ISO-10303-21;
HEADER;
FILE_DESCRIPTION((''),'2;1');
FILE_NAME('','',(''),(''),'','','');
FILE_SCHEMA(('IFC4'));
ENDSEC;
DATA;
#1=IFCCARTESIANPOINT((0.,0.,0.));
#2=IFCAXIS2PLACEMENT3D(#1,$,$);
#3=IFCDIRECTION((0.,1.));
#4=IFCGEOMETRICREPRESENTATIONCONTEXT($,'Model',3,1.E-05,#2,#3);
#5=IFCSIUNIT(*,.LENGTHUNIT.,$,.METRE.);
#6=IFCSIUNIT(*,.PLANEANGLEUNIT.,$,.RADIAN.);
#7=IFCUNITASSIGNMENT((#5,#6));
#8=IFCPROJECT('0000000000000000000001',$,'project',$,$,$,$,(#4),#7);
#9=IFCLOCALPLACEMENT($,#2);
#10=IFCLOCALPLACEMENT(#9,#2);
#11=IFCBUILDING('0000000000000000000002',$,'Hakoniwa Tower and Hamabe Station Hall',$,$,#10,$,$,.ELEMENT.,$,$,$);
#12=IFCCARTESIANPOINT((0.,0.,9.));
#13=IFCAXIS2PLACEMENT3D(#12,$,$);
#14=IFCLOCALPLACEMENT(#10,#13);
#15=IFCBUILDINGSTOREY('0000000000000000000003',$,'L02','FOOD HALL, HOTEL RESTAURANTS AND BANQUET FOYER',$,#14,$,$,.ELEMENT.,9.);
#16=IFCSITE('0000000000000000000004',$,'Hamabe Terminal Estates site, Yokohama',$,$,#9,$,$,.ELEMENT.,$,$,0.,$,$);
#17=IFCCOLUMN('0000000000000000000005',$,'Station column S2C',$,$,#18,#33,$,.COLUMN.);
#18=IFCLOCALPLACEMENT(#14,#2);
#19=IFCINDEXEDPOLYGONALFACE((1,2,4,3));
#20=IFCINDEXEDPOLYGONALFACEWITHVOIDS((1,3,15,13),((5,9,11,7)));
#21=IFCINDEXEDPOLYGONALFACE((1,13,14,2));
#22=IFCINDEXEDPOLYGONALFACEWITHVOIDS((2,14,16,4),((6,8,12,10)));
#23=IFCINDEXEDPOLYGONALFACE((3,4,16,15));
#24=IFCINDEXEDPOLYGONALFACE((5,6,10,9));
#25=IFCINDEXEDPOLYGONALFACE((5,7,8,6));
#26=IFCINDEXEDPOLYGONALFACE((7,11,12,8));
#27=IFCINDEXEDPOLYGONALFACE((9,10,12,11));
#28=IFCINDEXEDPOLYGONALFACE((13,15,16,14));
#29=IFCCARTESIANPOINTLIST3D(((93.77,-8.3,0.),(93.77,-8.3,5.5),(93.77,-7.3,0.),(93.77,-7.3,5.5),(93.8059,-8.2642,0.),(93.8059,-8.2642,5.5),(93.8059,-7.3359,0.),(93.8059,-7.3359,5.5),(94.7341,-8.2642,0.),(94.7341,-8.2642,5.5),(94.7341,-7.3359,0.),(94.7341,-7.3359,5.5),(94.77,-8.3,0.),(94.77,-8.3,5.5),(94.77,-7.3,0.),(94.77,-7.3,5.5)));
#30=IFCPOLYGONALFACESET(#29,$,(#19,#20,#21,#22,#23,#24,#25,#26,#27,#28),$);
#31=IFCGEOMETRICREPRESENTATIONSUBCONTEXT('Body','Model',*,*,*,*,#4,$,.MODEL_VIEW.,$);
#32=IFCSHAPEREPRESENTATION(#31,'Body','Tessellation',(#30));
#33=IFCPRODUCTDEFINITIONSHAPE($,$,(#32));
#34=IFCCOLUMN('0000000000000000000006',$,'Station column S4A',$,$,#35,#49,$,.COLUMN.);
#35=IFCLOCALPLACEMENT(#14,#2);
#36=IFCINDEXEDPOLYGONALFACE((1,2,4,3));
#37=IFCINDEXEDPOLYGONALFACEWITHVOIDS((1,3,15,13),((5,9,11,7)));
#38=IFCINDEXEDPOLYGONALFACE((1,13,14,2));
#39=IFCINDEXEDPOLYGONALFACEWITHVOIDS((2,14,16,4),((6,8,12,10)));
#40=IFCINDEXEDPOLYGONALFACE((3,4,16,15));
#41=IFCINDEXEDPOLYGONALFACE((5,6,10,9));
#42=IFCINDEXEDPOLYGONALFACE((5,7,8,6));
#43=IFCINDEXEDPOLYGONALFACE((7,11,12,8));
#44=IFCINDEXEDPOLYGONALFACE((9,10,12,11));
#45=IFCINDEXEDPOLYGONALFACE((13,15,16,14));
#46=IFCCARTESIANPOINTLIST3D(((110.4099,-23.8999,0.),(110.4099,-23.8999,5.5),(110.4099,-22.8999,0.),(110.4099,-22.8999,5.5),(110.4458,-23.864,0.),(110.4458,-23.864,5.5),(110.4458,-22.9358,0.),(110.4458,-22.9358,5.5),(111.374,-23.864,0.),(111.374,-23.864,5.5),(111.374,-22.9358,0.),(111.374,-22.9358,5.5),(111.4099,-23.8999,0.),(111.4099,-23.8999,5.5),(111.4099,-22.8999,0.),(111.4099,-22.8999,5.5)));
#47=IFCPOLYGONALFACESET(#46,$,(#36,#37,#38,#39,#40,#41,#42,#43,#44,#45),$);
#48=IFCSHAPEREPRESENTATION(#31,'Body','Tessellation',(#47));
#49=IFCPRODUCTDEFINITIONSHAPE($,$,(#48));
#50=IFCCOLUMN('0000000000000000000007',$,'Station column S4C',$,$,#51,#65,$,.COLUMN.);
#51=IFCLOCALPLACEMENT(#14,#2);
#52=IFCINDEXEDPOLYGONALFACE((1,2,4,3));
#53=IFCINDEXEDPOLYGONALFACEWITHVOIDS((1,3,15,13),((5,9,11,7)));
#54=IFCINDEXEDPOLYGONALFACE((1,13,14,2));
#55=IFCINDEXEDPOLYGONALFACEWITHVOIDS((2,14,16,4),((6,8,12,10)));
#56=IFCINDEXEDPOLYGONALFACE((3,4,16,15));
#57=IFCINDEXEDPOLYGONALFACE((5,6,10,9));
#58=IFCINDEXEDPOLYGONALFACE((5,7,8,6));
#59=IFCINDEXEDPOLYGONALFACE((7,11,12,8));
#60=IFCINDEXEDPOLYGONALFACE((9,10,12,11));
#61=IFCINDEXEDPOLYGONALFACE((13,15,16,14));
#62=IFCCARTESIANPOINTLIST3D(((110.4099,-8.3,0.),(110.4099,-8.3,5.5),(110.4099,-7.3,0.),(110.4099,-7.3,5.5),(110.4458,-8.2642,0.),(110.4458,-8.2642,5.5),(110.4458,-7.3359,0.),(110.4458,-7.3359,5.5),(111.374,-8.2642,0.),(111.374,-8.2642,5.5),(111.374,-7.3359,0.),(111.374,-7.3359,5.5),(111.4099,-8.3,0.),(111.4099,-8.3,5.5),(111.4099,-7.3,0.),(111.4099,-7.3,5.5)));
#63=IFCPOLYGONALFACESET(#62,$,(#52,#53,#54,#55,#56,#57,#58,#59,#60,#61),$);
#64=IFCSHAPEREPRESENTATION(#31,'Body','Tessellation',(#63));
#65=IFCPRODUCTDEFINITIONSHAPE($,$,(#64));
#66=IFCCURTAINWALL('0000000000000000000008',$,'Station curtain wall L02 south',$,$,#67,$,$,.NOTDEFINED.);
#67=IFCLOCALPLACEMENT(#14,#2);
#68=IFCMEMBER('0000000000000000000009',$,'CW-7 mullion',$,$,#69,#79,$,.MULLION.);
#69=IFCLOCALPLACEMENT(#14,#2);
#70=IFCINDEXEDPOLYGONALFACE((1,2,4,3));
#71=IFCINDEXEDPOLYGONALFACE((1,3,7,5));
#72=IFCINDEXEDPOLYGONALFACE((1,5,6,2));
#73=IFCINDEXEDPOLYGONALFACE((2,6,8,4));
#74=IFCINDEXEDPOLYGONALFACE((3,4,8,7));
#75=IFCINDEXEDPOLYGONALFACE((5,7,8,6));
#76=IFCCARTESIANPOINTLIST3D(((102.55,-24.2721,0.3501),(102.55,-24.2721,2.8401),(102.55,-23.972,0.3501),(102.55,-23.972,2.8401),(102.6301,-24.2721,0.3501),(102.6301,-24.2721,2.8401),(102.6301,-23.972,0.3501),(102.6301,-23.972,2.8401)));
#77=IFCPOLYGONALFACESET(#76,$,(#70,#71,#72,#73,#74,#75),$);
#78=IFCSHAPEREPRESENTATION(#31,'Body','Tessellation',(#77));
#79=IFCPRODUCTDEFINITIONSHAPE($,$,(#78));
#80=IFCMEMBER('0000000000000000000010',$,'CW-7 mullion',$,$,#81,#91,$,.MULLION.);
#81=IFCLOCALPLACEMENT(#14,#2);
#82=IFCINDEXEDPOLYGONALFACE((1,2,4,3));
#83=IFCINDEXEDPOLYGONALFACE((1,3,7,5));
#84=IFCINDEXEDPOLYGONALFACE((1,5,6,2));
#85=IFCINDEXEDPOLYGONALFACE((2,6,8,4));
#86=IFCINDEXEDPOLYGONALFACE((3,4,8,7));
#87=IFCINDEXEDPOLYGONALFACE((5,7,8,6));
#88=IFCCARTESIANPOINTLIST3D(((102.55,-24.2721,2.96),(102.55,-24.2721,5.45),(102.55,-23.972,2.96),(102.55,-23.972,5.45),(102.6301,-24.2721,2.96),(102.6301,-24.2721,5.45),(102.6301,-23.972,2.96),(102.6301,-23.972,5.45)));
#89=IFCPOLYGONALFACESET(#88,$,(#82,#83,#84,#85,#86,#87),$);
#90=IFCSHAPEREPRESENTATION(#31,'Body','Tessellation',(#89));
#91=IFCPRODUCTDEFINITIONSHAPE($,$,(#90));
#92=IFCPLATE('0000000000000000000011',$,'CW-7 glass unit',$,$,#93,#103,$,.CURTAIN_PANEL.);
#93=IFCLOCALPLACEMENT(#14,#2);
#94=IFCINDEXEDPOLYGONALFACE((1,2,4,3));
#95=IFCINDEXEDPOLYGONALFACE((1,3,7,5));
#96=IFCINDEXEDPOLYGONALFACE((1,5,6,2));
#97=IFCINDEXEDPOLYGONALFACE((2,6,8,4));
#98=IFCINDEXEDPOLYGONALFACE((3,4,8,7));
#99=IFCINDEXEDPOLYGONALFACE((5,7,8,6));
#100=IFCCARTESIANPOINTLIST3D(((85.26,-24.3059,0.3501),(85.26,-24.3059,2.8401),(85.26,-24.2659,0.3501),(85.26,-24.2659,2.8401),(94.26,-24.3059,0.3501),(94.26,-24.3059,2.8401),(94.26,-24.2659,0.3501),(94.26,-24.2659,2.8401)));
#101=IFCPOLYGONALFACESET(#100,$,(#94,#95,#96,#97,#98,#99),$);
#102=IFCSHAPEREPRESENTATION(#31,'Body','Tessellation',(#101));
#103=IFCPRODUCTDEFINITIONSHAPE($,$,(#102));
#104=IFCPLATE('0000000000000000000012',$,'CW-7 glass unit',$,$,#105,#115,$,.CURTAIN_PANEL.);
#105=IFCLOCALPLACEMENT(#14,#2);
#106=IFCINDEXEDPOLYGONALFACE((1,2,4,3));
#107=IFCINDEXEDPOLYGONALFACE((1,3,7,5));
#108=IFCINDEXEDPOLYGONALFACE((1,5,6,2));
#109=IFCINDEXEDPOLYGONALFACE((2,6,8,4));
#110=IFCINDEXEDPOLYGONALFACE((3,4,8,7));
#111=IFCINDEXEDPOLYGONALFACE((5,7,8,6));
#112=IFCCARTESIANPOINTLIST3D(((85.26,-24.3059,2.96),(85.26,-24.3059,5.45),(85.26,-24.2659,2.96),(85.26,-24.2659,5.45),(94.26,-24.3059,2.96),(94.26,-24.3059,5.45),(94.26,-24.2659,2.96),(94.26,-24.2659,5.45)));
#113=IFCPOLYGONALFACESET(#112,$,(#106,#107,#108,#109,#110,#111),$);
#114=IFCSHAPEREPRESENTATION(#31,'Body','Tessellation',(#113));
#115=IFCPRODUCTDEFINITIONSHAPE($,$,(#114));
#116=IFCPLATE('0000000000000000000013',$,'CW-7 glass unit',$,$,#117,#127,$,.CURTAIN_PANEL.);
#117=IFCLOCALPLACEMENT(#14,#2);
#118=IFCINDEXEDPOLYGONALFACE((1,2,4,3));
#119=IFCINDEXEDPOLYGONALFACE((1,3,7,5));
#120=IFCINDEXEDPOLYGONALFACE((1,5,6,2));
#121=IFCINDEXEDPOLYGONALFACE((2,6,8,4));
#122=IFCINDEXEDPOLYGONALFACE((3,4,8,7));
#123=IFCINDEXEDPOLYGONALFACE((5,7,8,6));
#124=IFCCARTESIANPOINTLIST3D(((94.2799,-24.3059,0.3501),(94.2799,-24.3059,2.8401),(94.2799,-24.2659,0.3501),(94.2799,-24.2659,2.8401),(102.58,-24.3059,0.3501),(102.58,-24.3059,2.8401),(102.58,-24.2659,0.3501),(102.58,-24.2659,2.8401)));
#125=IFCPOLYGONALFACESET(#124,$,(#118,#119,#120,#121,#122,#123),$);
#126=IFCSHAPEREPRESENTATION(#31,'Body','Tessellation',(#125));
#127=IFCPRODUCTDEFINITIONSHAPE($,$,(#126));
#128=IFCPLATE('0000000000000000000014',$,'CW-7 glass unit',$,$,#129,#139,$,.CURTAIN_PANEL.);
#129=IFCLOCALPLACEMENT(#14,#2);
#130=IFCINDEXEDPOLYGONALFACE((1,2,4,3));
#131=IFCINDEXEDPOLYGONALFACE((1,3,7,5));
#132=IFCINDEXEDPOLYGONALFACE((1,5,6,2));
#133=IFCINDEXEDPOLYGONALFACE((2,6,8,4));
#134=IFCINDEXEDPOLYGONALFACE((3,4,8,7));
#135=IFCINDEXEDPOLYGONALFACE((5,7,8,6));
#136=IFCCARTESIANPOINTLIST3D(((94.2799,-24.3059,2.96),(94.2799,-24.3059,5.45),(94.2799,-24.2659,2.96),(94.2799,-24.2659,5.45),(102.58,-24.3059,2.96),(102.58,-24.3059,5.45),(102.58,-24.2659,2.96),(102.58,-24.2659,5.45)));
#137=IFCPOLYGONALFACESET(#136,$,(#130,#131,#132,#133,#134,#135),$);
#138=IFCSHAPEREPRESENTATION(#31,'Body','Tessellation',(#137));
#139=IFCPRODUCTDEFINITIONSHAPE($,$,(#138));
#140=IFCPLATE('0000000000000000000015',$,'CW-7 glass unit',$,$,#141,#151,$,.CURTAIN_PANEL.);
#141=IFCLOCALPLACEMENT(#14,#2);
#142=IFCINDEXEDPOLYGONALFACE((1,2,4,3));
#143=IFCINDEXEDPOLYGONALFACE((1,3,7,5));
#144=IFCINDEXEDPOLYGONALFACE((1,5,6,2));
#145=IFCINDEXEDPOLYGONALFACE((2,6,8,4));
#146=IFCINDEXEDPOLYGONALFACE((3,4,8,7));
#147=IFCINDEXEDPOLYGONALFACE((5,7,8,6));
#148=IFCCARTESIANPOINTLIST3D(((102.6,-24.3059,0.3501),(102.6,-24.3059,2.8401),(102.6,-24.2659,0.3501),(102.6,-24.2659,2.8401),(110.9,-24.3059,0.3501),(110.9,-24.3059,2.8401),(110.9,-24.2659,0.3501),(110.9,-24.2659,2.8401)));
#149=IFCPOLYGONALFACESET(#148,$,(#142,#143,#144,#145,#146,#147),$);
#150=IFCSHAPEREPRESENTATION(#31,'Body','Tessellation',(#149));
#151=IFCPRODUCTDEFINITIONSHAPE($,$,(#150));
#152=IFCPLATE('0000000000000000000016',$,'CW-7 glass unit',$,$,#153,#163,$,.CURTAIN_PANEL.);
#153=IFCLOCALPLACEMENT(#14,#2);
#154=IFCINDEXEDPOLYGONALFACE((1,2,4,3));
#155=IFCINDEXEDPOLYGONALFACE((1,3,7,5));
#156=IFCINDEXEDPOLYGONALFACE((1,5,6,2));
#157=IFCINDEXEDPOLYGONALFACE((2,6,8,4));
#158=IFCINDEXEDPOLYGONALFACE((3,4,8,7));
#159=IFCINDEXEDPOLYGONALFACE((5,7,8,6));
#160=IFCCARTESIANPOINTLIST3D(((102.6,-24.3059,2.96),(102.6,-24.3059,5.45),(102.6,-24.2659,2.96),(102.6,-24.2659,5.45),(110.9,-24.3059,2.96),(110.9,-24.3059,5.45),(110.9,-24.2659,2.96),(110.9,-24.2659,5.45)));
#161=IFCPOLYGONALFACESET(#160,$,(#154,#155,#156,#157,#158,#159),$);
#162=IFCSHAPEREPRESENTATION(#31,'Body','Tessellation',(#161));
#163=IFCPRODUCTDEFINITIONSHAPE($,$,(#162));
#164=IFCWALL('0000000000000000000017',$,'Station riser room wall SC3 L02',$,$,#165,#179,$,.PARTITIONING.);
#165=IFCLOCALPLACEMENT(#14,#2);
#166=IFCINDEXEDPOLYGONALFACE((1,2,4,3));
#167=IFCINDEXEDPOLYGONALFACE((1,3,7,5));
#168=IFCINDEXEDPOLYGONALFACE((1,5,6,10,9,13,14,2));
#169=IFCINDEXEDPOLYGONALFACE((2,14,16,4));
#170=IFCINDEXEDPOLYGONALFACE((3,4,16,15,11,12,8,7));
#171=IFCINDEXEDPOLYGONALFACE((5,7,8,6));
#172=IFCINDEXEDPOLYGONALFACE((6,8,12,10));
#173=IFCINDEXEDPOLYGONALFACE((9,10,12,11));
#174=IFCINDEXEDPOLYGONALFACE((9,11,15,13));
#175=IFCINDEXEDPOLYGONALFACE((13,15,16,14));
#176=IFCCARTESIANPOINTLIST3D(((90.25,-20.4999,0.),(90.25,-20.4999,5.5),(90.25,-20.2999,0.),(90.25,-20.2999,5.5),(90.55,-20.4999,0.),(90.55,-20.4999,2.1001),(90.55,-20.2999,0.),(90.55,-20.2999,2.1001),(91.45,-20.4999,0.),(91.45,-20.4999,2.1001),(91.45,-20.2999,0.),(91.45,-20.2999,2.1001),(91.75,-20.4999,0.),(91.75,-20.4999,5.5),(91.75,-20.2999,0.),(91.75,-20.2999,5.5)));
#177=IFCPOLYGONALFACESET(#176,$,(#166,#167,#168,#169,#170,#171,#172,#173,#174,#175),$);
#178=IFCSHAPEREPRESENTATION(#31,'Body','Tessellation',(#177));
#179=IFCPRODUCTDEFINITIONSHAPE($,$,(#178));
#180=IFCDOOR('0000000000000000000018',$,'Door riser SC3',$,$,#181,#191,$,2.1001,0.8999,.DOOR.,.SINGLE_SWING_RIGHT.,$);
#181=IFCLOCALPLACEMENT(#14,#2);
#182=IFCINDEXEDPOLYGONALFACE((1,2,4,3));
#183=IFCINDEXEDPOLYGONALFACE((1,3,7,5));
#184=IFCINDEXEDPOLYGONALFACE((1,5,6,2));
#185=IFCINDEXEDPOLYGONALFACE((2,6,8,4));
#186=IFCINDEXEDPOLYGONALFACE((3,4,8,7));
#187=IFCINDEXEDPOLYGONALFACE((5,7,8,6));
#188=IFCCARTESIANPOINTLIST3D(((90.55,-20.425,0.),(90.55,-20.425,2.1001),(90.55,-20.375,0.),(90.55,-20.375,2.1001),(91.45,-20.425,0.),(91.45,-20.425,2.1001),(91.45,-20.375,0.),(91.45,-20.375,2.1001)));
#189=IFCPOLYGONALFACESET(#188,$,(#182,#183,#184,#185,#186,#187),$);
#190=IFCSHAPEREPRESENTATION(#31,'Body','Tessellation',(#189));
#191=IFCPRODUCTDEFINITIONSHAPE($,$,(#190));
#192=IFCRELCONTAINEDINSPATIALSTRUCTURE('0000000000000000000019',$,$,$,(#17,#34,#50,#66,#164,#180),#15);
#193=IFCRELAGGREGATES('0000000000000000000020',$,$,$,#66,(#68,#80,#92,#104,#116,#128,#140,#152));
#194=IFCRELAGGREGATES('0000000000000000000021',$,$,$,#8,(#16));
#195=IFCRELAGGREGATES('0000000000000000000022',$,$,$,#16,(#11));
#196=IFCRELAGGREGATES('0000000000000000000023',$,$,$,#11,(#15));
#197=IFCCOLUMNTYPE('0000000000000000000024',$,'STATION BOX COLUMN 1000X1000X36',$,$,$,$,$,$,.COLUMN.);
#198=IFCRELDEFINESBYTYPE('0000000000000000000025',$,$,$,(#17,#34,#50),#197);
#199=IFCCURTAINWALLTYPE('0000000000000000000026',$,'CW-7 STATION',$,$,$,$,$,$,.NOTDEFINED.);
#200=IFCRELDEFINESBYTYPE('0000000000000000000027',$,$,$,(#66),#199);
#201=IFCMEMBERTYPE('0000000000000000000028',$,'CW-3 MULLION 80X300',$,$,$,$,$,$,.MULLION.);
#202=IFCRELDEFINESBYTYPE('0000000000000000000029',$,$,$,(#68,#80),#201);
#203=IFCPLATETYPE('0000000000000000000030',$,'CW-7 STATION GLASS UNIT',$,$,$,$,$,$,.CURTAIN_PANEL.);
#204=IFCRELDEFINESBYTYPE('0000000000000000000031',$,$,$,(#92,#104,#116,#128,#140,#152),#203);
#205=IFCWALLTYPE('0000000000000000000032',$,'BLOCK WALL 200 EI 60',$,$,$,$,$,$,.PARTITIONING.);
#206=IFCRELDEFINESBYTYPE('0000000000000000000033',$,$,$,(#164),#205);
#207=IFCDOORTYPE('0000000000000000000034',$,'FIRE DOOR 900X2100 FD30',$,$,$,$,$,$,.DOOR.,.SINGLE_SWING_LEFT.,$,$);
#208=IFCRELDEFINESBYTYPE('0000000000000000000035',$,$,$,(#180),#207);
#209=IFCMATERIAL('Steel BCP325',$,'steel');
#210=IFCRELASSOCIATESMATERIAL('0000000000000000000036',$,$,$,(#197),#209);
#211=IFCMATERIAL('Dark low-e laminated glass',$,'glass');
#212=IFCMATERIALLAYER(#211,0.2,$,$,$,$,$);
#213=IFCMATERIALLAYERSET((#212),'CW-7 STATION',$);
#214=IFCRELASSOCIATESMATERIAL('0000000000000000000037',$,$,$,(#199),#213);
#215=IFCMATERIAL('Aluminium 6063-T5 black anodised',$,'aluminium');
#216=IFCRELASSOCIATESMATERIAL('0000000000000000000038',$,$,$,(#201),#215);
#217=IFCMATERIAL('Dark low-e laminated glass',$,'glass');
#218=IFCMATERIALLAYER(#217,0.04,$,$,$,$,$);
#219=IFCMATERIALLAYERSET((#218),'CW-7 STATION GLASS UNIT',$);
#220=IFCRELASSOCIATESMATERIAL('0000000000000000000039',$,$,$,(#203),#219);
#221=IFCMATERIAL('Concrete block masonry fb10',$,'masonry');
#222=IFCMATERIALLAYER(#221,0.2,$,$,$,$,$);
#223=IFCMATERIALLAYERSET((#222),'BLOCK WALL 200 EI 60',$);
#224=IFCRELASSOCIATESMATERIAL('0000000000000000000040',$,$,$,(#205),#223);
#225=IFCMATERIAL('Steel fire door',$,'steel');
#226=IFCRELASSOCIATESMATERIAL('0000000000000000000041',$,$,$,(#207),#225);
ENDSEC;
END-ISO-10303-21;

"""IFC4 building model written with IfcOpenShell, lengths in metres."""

from ifc_helpers import new_model, si_unit, direction, frame, frame_2d, origin, origin_2d, place, context, subcontext, project, spatial, rectangle, hollow_rectangle, extrude, material, layer, layer_set, material_profile, profile_set, type_object, element, fill, aggregate, save


model = new_model("IFC4")

# Units and contexts
model_context = context("Model", 3, precision=1e-05, world=origin(), true_north=direction((0.0, 1.0)))
body_context = subcontext(model_context, "Body", "Model", "MODEL_VIEW")
ifc_project = project(units=[si_unit("LENGTHUNIT", "METRE"), si_unit("PLANEANGLEUNIT", "RADIAN")], contexts=[model_context])

# Site, building, storey
site_placement = place(None, origin())
site = spatial("IfcSite", under=ifc_project, at=site_placement, Name="Hamabe Terminal Estates site, Yokohama", CompositionType="ELEMENT", RefElevation=0.0)
building_placement = place(site_placement, origin())
building = spatial("IfcBuilding", under=site, at=building_placement, Name="Hakoniwa Tower and Hamabe Station Hall", CompositionType="ELEMENT")
storey_placement = place(building_placement, frame((0.0, 0.0, 9.0)))
storey = spatial("IfcBuildingStorey", under=building, at=storey_placement, Name="L02", Description="FOOD HALL, HOTEL RESTAURANTS AND BANQUET FOYER", CompositionType="ELEMENT", Elevation=9.0)

# Columns
ifc_material_1 = material(Name="Steel BCP325", Category="steel")
ifc_material_profile_1 = material_profile(ifc_material_1, hollow_rectangle(XDim=1.0, YDim=1.0, WallThickness=0.0359, at=origin_2d()), Name="STATION BOX COLUMN 1000X1000X36")
ifc_profile_set_1 = profile_set([ifc_material_profile_1], Name="Steel BCP325")
column_type = type_object("IfcColumnType", Name="STATION BOX COLUMN 1000X1000X36", PredefinedType="COLUMN", material=ifc_profile_set_1)
for number, where, z_axis, x_axis, name in (
    (1, (94.27, -7.8, 0.0), (0.0, 0.0, 1.0), (1.0, 0.0, 0.0), "Station column S2C"),
    (2, (110.9099, -23.3999, 0.0), (0.0, 0.0, 1.0), (1.0, 0.0, 0.0), "Station column S4A"),
    (3, (110.9099, -7.8, 0.0), (0.0, 0.0, 1.0), (1.0, 0.0, 0.0), "Station column S4C"),
):
    element("IfcColumn", number, at=place(storey_placement, frame(where, z_axis=z_axis, x_axis=x_axis)), inside=storey, type_object=column_type, Name=name, PredefinedType="COLUMN", context=body_context, shape_type="SweptSolid", body=[
        extrude(hollow_rectangle(XDim=1.0, YDim=1.0, WallThickness=0.0359, at=origin_2d()), origin(), (0.0, 0.0, 1.0), 5.5),
    ])

# Curtain wall, members, plates
ifc_material_2 = material(Name="Dark low-e laminated glass", Category="glass")
ifc_layer_1 = layer(ifc_material_2, 0.2)
ifc_layer_set_1 = layer_set([ifc_layer_1], Name="CW-7 STATION")
curtain_wall_type = type_object("IfcCurtainWallType", Name="CW-7 STATION", PredefinedType="NOTDEFINED", material=ifc_layer_set_1)
curtain_wall_placement = place(storey_placement, origin())
curtain_wall = element("IfcCurtainWall", 4, at=curtain_wall_placement, inside=storey, type_object=curtain_wall_type, Name="Station curtain wall L02 south", PredefinedType="NOTDEFINED")
ifc_material_3 = material(Name="Aluminium 6063-T5 black anodised", Category="aluminium")
ifc_material_profile_2 = material_profile(ifc_material_3, rectangle(XDim=0.0801, YDim=0.3, at=origin_2d()), Name="CW-3 MULLION 80X300")
ifc_profile_set_2 = profile_set([ifc_material_profile_2], Name="Aluminium 6063-T5 black anodised")
member_type = type_object("IfcMemberType", Name="CW-3 MULLION 80X300", PredefinedType="MULLION", material=ifc_profile_set_2)
member_1_placement = place(storey_placement, frame((102.5901, -24.1221, 0.3501), z_axis=(0.0, 0.0, 1.0), x_axis=(1.0, 0.0, 0.0)))
member_1 = element("IfcMember", 5, at=member_1_placement, type_object=member_type, Name="CW-7 mullion", PredefinedType="MULLION", context=body_context, shape_type="SweptSolid", body=[
    extrude(rectangle(XDim=0.0801, YDim=0.3, at=origin_2d()), origin(), (0.0, 0.0, 1.0), 2.49),
])
member_2_placement = place(storey_placement, frame((102.5901, -24.1221, 2.96), z_axis=(0.0, 0.0, 1.0), x_axis=(1.0, 0.0, 0.0)))
member_2 = element("IfcMember", 6, at=member_2_placement, type_object=member_type, Name="CW-7 mullion", PredefinedType="MULLION", context=body_context, shape_type="SweptSolid", body=[
    extrude(rectangle(XDim=0.0801, YDim=0.3, at=origin_2d()), origin(), (0.0, 0.0, 1.0), 2.49),
])
ifc_material_4 = material(Name="Dark low-e laminated glass", Category="glass")
ifc_layer_2 = layer(ifc_material_4, 0.04)
ifc_layer_set_2 = layer_set([ifc_layer_2], Name="CW-7 STATION GLASS UNIT")
plate_type = type_object("IfcPlateType", Name="CW-7 STATION GLASS UNIT", PredefinedType="CURTAIN_PANEL", material=ifc_layer_set_2)
plate_1_placement = place(storey_placement, frame((89.76, -24.2859, 0.3501), z_axis=(0.0, 0.0, 1.0), x_axis=(1.0, 0.0, 0.0)))
plate_1 = element("IfcPlate", 7, at=plate_1_placement, type_object=plate_type, Name="CW-7 glass unit", PredefinedType="CURTAIN_PANEL", context=body_context, shape_type="SweptSolid", body=[
    extrude(rectangle(XDim=9.0, YDim=0.04, at=origin_2d()), origin(), (0.0, 0.0, 1.0), 2.49),
])
plate_2_placement = place(storey_placement, frame((89.76, -24.2859, 2.96), z_axis=(0.0, 0.0, 1.0), x_axis=(1.0, 0.0, 0.0)))
plate_2 = element("IfcPlate", 8, at=plate_2_placement, type_object=plate_type, Name="CW-7 glass unit", PredefinedType="CURTAIN_PANEL", context=body_context, shape_type="SweptSolid", body=[
    extrude(rectangle(XDim=9.0, YDim=0.04, at=origin_2d()), origin(), (0.0, 0.0, 1.0), 2.49),
])
plate_3_placement = place(storey_placement, frame((98.4299, -24.2859, 0.3501), z_axis=(0.0, 0.0, 1.0), x_axis=(1.0, 0.0, 0.0)))
plate_3 = element("IfcPlate", 9, at=plate_3_placement, type_object=plate_type, Name="CW-7 glass unit", PredefinedType="CURTAIN_PANEL", context=body_context, shape_type="SweptSolid", body=[
    extrude(rectangle(XDim=8.3, YDim=0.04, at=origin_2d()), origin(), (0.0, 0.0, 1.0), 2.49),
])
plate_4_placement = place(storey_placement, frame((98.4299, -24.2859, 2.96), z_axis=(0.0, 0.0, 1.0), x_axis=(1.0, 0.0, 0.0)))
plate_4 = element("IfcPlate", 10, at=plate_4_placement, type_object=plate_type, Name="CW-7 glass unit", PredefinedType="CURTAIN_PANEL", context=body_context, shape_type="SweptSolid", body=[
    extrude(rectangle(XDim=8.3, YDim=0.04, at=origin_2d()), origin(), (0.0, 0.0, 1.0), 2.49),
])
plate_5_placement = place(storey_placement, frame((106.75, -24.2859, 0.3501), z_axis=(0.0, 0.0, 1.0), x_axis=(1.0, 0.0, 0.0)))
plate_5 = element("IfcPlate", 11, at=plate_5_placement, type_object=plate_type, Name="CW-7 glass unit", PredefinedType="CURTAIN_PANEL", context=body_context, shape_type="SweptSolid", body=[
    extrude(rectangle(XDim=8.3, YDim=0.04, at=origin_2d()), origin(), (0.0, 0.0, 1.0), 2.49),
])
plate_6_placement = place(storey_placement, frame((106.75, -24.2859, 2.96), z_axis=(0.0, 0.0, 1.0), x_axis=(1.0, 0.0, 0.0)))
plate_6 = element("IfcPlate", 12, at=plate_6_placement, type_object=plate_type, Name="CW-7 glass unit", PredefinedType="CURTAIN_PANEL", context=body_context, shape_type="SweptSolid", body=[
    extrude(rectangle(XDim=8.3, YDim=0.04, at=origin_2d()), origin(), (0.0, 0.0, 1.0), 2.49),
])
aggregate(curtain_wall, [member_1, member_2, plate_1, plate_2, plate_3, plate_4, plate_5, plate_6])

# Wall, opening, door
ifc_material_5 = material(Name="Concrete block masonry fb10", Category="masonry")
ifc_layer_3 = layer(ifc_material_5, 0.2)
ifc_layer_set_3 = layer_set([ifc_layer_3], Name="BLOCK WALL 200 EI 60")
wall_type_1 = type_object("IfcWallType", Name="BLOCK WALL 200 EI 60", PredefinedType="PARTITIONING", material=ifc_layer_set_3)
wall_1_placement = place(storey_placement, frame((90.25, -20.3999, 0.0), z_axis=(0.0, 0.0, 1.0), x_axis=(1.0, 0.0, 0.0)))
wall_1 = element("IfcWall", 13, at=wall_1_placement, inside=storey, type_object=wall_type_1, Name="Station riser room wall SC3 L02", PredefinedType="PARTITIONING", context=body_context, shape_type="SweptSolid", body=[
    extrude(rectangle(XDim=1.5, YDim=0.2, at=frame_2d((0.75, 0.0))), origin(), (0.0, 0.0, 1.0), 5.5),
])
opening_1_placement = place(wall_1_placement, frame((0.3, 0.0, 0.0)))
opening_1 = element("IfcOpeningElement", 14, at=opening_1_placement, cuts=wall_1, PredefinedType="OPENING", context=body_context, shape_type="SweptSolid", body=[
    extrude(rectangle(XDim=0.8999, YDim=2.1001, at=frame_2d((0.45, 1.05))), frame((0.0, 0.1099, 0.0), z_axis=(0.0, -1.0, 0.0), x_axis=(1.0, 0.0, 0.0)), (0.0, 0.0, 1.0), 0.22),
])
ifc_material_6 = material(Name="Steel fire door", Category="steel")
door_type_1 = type_object("IfcDoorType", Name="FIRE DOOR 900X2100 FD30", OperationType="SINGLE_SWING_LEFT", PredefinedType="DOOR", material=ifc_material_6)
door_1_placement = place(opening_1_placement, origin())
door_1 = element("IfcDoor", 15, at=door_1_placement, inside=storey, type_object=door_type_1, Name="Door riser SC3", OperationType="SINGLE_SWING_RIGHT", OverallHeight=2.1001, OverallWidth=0.8999, PredefinedType="DOOR", context=body_context, shape_type="SweptSolid", body=[
    extrude(rectangle(XDim=0.8999, YDim=2.1001, at=frame_2d((0.45, 1.05))), frame((0.0, 0.0249, 0.0), z_axis=(0.0, -1.0, 0.0), x_axis=(1.0, 0.0, 0.0)), (0.0, 0.0, 1.0), 0.05),
])
fill(opening_1, door_1)

save(model, "model.ifc")
